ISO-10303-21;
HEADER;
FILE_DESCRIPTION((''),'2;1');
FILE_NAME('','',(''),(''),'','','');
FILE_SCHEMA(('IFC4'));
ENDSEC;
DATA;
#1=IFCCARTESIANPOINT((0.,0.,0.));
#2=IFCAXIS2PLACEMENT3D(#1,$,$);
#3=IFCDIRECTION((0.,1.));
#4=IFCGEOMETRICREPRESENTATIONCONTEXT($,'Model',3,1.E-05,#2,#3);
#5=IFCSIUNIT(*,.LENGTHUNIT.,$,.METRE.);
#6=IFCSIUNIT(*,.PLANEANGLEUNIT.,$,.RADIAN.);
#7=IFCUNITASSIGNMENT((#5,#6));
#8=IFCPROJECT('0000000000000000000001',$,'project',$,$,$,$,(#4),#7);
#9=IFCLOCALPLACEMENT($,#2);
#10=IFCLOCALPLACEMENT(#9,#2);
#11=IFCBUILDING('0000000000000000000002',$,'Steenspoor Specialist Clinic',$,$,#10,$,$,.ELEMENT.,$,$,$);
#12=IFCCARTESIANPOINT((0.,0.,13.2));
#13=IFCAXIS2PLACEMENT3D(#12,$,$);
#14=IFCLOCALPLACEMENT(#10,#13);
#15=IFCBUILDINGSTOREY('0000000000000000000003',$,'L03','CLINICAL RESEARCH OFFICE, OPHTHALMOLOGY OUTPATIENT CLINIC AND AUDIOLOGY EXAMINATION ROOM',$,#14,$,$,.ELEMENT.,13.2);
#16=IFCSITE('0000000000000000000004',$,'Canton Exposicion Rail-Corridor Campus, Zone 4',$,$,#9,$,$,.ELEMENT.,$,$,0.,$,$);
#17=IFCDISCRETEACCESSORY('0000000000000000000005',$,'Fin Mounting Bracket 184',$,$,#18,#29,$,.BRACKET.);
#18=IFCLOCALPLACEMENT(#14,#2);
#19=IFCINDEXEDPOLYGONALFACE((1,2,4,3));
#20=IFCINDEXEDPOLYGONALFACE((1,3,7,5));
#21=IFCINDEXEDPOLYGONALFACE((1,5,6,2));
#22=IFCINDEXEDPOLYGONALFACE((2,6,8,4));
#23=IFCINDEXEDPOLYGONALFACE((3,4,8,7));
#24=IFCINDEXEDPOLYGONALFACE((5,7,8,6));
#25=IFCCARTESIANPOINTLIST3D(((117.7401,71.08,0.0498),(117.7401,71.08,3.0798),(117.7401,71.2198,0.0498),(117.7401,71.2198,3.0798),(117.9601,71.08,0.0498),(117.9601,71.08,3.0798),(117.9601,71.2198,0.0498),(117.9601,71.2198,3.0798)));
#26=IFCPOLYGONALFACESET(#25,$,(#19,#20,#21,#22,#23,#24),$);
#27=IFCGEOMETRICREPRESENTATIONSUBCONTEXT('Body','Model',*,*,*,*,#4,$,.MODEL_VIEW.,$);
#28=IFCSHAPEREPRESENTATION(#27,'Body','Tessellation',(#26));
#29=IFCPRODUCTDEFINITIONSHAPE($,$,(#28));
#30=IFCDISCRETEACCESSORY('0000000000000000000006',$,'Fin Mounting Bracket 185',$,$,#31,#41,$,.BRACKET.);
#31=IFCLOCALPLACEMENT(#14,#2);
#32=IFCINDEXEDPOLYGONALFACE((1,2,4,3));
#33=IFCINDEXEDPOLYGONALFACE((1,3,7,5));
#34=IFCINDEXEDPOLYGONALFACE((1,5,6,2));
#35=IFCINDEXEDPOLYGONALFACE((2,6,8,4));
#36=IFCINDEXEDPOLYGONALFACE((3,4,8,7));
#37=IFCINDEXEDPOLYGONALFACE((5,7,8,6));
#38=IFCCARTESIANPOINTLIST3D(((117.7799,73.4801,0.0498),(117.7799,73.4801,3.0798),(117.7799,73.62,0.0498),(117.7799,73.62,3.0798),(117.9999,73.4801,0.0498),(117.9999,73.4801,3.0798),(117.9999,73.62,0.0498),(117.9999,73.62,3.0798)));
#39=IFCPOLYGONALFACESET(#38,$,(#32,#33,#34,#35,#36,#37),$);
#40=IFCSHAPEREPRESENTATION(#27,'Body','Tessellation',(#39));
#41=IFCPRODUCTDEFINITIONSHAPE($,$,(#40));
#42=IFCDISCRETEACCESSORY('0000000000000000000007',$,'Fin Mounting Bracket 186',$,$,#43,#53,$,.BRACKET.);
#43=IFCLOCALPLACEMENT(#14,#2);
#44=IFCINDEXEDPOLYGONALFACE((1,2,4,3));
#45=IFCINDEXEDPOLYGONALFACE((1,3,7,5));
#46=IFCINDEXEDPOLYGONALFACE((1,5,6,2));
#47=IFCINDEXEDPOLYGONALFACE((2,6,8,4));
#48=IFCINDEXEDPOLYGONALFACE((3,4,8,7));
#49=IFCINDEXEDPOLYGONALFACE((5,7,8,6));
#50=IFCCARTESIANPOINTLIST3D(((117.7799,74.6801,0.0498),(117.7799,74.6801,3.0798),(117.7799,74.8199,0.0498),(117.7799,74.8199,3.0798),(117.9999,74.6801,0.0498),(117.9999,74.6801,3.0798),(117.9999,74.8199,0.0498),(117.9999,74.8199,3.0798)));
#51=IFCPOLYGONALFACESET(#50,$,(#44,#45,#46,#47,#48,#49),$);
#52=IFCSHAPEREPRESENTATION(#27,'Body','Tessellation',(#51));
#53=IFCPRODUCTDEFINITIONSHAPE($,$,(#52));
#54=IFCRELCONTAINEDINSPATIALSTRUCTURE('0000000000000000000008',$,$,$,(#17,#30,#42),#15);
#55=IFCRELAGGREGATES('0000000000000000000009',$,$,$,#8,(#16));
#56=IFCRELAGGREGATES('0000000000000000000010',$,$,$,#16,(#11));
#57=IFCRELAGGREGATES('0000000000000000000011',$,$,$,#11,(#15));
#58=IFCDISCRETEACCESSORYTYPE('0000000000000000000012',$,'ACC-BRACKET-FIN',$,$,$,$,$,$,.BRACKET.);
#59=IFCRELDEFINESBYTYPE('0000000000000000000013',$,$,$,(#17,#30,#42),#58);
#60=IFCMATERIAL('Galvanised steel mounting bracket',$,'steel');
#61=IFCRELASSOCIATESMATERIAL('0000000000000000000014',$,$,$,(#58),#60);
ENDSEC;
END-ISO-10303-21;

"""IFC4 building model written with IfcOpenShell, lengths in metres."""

from ifc_helpers import new_model, si_unit, direction, frame, origin, origin_2d, place, context, subcontext, project, spatial, rectangle, extrude, material, type_object, element, save


model = new_model("IFC4")

# Units and contexts
model_context = context("Model", 3, precision=1e-05, world=origin(), true_north=direction((0.0, 1.0)))
body_context = subcontext(model_context, "Body", "Model", "MODEL_VIEW")
ifc_project = project(units=[si_unit("LENGTHUNIT", "METRE"), si_unit("PLANEANGLEUNIT", "RADIAN")], contexts=[model_context])

# Site, building, storey
site_placement = place(None, origin())
site = spatial("IfcSite", under=ifc_project, at=site_placement, Name="Canton Exposicion Rail-Corridor Campus, Zone 4", CompositionType="ELEMENT", RefElevation=0.0)
building_placement = place(site_placement, origin())
building = spatial("IfcBuilding", under=site, at=building_placement, Name="Steenspoor Specialist Clinic", CompositionType="ELEMENT")
storey_placement = place(building_placement, frame((0.0, 0.0, 13.2)))
storey = spatial("IfcBuildingStorey", under=building, at=storey_placement, Name="L03", Description="CLINICAL RESEARCH OFFICE, OPHTHALMOLOGY OUTPATIENT CLINIC AND AUDIOLOGY EXAMINATION ROOM", CompositionType="ELEMENT", Elevation=13.2)

# Discrete accessories
ifc_material_1 = material(Name="Galvanised steel mounting bracket", Category="steel")
discrete_accessory_type = type_object("IfcDiscreteAccessoryType", Name="ACC-BRACKET-FIN", PredefinedType="BRACKET", material=ifc_material_1)
for number, where, z_axis, x_axis, name in (
    (1, (117.8501, 71.1499, 0.0498), (0.0, 0.0, 1.0), (-1.0, 0.0, 0.0), "Fin Mounting Bracket 184"),
    (2, (117.8899, 73.55, 0.0498), (0.0, 0.0, 1.0), (-1.0, 0.0, 0.0), "Fin Mounting Bracket 185"),
    (3, (117.8899, 74.75, 0.0498), (0.0, 0.0, 1.0), (-1.0, 0.0, 0.0), "Fin Mounting Bracket 186"),
):
    element("IfcDiscreteAccessory", number, at=place(storey_placement, frame(where, z_axis=z_axis, x_axis=x_axis)), inside=storey, type_object=discrete_accessory_type, Name=name, PredefinedType="BRACKET", context=body_context, shape_type="SweptSolid", body=[
        extrude(rectangle(XDim=0.22, YDim=0.1399, at=origin_2d()), origin(), (0.0, 0.0, 1.0), 3.03),
    ])

save(model, "model.ifc")
